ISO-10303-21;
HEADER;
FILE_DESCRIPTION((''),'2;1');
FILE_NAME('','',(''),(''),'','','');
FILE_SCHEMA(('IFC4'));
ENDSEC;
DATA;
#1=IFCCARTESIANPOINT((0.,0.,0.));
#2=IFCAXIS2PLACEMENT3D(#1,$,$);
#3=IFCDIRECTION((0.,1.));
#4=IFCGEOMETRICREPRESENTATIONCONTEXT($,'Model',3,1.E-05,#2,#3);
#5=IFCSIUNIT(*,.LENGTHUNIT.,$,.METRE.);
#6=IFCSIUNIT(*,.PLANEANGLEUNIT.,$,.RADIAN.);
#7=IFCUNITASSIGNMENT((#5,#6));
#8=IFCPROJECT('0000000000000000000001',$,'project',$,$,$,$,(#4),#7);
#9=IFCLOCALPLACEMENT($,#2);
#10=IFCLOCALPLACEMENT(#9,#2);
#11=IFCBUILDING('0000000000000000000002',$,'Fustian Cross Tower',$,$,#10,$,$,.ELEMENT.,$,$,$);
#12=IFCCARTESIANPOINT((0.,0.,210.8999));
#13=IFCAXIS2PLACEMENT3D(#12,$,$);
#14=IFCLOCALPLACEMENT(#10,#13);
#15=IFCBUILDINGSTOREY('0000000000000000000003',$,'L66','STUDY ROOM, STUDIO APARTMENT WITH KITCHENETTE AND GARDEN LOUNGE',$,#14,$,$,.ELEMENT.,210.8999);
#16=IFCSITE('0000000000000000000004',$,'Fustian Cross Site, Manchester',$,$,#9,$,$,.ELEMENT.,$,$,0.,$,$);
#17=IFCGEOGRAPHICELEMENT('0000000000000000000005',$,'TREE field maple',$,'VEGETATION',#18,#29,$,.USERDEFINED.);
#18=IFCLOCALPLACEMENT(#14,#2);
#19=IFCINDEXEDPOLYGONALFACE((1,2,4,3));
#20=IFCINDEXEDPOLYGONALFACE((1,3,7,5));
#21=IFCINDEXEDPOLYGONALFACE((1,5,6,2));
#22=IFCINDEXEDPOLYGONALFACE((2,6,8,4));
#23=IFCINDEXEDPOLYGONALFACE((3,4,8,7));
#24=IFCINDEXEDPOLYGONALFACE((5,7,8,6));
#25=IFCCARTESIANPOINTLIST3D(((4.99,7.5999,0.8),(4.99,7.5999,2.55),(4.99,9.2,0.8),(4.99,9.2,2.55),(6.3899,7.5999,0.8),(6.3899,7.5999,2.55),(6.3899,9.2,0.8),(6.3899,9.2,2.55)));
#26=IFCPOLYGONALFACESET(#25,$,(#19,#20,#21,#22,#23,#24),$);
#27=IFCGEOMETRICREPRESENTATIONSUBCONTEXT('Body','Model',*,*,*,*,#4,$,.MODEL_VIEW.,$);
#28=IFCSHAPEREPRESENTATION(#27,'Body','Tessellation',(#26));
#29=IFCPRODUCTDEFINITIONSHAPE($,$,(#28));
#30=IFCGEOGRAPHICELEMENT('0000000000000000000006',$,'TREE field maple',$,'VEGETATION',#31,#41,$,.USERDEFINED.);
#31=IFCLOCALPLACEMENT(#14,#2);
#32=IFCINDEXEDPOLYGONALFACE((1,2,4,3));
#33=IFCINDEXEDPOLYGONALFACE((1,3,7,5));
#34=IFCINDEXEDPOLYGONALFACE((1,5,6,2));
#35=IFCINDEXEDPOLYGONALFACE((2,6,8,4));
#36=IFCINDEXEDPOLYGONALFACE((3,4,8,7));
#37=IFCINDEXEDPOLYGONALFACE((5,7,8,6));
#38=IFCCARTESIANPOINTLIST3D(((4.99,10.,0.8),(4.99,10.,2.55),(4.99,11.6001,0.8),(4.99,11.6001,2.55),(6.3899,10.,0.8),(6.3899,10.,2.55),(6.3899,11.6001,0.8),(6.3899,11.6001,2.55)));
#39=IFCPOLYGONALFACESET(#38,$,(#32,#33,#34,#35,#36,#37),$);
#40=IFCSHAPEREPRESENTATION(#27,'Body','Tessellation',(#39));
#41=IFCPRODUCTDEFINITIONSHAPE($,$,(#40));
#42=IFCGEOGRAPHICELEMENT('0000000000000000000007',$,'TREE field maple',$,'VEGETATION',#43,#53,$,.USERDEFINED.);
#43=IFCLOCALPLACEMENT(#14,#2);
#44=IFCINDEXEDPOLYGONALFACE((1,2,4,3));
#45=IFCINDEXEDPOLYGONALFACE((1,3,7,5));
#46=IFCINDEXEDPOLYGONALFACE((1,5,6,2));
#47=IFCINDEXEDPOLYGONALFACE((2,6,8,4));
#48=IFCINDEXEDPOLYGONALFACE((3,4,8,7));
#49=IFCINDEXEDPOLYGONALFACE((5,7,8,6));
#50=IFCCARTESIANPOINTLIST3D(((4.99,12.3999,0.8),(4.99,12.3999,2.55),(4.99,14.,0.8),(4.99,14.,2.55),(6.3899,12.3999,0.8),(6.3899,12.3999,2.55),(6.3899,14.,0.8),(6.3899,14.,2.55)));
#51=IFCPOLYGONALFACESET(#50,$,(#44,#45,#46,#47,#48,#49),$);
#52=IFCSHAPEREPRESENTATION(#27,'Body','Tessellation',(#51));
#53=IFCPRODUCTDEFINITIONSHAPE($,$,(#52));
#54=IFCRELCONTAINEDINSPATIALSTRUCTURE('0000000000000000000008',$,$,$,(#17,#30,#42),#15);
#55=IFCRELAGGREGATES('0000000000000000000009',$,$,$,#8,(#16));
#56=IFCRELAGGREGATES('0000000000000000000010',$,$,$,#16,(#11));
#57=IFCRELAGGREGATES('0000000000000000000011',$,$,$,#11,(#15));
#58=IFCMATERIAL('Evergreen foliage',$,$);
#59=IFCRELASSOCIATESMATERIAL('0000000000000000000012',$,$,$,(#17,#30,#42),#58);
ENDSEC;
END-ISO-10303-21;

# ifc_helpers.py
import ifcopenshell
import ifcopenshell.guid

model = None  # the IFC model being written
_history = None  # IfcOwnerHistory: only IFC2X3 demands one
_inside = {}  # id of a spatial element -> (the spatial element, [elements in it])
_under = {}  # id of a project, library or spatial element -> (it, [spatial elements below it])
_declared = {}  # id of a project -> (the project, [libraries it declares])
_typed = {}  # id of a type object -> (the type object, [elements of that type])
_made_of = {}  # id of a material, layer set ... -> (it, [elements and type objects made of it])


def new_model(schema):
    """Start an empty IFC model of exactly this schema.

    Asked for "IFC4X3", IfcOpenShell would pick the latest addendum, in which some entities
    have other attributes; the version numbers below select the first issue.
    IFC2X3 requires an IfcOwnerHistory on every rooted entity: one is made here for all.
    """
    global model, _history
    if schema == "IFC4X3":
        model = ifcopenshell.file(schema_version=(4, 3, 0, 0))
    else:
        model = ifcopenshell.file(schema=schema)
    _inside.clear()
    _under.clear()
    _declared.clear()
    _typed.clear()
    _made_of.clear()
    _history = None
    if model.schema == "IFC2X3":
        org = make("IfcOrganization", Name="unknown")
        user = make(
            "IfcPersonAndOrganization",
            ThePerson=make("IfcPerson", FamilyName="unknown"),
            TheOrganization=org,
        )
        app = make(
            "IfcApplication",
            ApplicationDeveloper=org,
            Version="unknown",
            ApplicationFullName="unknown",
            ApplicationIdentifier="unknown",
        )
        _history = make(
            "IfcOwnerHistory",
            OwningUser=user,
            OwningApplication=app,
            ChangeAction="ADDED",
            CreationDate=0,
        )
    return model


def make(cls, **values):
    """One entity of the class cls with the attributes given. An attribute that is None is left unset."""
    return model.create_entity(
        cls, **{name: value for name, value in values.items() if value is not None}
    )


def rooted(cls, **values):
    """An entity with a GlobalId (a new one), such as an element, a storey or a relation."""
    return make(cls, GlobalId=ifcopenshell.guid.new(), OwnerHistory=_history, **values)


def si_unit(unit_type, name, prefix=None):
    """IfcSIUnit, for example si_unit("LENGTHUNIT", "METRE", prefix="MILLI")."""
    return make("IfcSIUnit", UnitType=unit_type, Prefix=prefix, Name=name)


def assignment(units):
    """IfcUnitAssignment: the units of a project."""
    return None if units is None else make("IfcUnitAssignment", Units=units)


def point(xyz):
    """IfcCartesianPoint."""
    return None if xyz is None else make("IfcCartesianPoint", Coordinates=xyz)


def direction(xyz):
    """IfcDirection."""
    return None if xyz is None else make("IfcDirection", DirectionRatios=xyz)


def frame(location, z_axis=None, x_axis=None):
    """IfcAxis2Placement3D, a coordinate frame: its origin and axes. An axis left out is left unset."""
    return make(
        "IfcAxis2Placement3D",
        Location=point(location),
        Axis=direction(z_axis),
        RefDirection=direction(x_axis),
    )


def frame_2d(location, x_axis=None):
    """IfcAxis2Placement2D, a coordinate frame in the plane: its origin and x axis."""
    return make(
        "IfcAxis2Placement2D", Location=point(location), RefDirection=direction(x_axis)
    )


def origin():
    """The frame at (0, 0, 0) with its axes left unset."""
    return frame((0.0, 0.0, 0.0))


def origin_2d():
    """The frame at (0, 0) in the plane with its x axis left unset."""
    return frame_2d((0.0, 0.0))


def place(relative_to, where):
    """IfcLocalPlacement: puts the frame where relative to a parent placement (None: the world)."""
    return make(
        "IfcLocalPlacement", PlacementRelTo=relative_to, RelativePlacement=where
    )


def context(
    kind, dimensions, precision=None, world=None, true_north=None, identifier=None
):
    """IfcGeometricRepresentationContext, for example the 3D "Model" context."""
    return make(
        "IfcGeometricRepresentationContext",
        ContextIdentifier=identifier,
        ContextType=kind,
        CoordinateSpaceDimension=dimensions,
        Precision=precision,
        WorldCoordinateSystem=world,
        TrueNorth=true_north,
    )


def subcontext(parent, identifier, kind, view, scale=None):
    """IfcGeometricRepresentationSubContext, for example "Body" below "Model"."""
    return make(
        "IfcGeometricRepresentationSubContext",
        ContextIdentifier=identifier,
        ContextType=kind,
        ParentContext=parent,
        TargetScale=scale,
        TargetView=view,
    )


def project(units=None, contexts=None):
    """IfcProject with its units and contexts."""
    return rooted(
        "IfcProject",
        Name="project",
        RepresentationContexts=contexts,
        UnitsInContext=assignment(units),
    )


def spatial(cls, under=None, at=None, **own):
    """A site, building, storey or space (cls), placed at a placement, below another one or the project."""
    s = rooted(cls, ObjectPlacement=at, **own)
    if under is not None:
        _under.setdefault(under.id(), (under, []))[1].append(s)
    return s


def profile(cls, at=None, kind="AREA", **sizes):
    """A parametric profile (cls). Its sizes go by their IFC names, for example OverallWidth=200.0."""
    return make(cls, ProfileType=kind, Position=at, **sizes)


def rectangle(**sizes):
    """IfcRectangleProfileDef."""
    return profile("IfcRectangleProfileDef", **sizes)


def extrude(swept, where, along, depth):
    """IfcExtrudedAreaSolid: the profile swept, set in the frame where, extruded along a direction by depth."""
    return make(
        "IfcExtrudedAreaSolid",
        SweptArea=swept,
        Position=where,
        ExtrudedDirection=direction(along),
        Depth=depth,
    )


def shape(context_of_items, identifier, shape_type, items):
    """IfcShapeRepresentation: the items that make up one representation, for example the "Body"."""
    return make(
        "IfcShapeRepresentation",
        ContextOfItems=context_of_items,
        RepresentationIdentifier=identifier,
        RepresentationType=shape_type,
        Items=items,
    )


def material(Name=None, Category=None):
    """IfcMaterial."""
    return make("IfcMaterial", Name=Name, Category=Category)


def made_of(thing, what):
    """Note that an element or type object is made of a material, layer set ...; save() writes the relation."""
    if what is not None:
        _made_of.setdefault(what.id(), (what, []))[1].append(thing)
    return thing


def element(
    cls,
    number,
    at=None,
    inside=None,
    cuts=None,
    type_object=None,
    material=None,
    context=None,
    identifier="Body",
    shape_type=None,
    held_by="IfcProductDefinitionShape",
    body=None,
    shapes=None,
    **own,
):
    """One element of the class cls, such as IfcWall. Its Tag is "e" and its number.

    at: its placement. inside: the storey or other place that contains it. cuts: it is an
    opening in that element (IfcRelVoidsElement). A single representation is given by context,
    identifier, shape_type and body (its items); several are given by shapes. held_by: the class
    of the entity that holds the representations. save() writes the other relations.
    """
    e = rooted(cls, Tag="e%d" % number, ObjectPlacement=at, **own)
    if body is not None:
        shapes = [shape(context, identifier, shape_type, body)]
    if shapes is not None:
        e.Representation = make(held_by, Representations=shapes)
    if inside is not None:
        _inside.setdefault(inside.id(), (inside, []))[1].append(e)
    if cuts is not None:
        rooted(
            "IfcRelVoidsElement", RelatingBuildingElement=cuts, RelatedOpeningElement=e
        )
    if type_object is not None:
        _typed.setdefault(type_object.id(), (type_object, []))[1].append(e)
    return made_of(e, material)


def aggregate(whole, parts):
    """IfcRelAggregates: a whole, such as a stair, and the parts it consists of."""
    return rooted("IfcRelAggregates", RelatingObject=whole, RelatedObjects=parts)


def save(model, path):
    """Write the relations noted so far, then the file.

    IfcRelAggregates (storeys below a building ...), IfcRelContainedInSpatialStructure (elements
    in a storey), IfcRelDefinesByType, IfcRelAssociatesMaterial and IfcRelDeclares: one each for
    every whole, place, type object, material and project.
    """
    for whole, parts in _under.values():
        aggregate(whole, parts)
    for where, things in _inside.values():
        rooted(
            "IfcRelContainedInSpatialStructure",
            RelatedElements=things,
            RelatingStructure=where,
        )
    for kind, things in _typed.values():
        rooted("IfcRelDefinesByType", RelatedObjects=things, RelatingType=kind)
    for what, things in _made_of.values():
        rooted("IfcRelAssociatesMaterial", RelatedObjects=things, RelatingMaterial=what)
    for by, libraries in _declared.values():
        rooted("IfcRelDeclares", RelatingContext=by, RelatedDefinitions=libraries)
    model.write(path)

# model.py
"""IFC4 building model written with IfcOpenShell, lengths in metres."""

from ifc_helpers import new_model, si_unit, direction, frame, origin, origin_2d, place, context, subcontext, project, spatial, rectangle, extrude, material, element, save


model = new_model("IFC4")

# Units and contexts
model_context = context("Model", 3, precision=1e-05, world=origin(), true_north=direction((0.0, 1.0)))
body_context = subcontext(model_context, "Body", "Model", "MODEL_VIEW")
ifc_project = project(units=[si_unit("LENGTHUNIT", "METRE"), si_unit("PLANEANGLEUNIT", "RADIAN")], contexts=[model_context])

# Site, building, storey
site_placement = place(None, origin())
site = spatial("IfcSite", under=ifc_project, at=site_placement, Name="Fustian Cross Site, Manchester", CompositionType="ELEMENT", RefElevation=0.0)
building_placement = place(site_placement, origin())
building = spatial("IfcBuilding", under=site, at=building_placement, Name="Fustian Cross Tower", CompositionType="ELEMENT")
storey_placement = place(building_placement, frame((0.0, 0.0, 210.8999)))
storey = spatial("IfcBuildingStorey", under=building, at=storey_placement, Name="L66", Description="STUDY ROOM, STUDIO APARTMENT WITH KITCHENETTE AND GARDEN LOUNGE", CompositionType="ELEMENT", Elevation=210.8999)

# Geographic elements
ifc_material_1 = material(Name="Evergreen foliage")
for number, where, z_axis, x_axis, name in (
    (1, (5.6899, 8.3999, 0.8), (0.0, 0.0, 1.0), (1.0, 0.0, 0.0), "TREE field maple"),
    (2, (5.6899, 10.8, 0.8), (0.0, 0.0, 1.0), (1.0, 0.0, 0.0), "TREE field maple"),
    (3, (5.6899, 13.2, 0.8), (0.0, 0.0, 1.0), (1.0, 0.0, 0.0), "TREE field maple"),
):
    element("IfcGeographicElement", number, at=place(storey_placement, frame(where, z_axis=z_axis, x_axis=x_axis)), inside=storey, material=ifc_material_1, Name=name, ObjectType="VEGETATION", PredefinedType="USERDEFINED", context=body_context, shape_type="SweptSolid", body=[
        extrude(rectangle(XDim=1.3999, YDim=1.6001, at=origin_2d()), origin(), (0.0, 0.0, 1.0), 1.75),
    ])

save(model, "model.ifc")
